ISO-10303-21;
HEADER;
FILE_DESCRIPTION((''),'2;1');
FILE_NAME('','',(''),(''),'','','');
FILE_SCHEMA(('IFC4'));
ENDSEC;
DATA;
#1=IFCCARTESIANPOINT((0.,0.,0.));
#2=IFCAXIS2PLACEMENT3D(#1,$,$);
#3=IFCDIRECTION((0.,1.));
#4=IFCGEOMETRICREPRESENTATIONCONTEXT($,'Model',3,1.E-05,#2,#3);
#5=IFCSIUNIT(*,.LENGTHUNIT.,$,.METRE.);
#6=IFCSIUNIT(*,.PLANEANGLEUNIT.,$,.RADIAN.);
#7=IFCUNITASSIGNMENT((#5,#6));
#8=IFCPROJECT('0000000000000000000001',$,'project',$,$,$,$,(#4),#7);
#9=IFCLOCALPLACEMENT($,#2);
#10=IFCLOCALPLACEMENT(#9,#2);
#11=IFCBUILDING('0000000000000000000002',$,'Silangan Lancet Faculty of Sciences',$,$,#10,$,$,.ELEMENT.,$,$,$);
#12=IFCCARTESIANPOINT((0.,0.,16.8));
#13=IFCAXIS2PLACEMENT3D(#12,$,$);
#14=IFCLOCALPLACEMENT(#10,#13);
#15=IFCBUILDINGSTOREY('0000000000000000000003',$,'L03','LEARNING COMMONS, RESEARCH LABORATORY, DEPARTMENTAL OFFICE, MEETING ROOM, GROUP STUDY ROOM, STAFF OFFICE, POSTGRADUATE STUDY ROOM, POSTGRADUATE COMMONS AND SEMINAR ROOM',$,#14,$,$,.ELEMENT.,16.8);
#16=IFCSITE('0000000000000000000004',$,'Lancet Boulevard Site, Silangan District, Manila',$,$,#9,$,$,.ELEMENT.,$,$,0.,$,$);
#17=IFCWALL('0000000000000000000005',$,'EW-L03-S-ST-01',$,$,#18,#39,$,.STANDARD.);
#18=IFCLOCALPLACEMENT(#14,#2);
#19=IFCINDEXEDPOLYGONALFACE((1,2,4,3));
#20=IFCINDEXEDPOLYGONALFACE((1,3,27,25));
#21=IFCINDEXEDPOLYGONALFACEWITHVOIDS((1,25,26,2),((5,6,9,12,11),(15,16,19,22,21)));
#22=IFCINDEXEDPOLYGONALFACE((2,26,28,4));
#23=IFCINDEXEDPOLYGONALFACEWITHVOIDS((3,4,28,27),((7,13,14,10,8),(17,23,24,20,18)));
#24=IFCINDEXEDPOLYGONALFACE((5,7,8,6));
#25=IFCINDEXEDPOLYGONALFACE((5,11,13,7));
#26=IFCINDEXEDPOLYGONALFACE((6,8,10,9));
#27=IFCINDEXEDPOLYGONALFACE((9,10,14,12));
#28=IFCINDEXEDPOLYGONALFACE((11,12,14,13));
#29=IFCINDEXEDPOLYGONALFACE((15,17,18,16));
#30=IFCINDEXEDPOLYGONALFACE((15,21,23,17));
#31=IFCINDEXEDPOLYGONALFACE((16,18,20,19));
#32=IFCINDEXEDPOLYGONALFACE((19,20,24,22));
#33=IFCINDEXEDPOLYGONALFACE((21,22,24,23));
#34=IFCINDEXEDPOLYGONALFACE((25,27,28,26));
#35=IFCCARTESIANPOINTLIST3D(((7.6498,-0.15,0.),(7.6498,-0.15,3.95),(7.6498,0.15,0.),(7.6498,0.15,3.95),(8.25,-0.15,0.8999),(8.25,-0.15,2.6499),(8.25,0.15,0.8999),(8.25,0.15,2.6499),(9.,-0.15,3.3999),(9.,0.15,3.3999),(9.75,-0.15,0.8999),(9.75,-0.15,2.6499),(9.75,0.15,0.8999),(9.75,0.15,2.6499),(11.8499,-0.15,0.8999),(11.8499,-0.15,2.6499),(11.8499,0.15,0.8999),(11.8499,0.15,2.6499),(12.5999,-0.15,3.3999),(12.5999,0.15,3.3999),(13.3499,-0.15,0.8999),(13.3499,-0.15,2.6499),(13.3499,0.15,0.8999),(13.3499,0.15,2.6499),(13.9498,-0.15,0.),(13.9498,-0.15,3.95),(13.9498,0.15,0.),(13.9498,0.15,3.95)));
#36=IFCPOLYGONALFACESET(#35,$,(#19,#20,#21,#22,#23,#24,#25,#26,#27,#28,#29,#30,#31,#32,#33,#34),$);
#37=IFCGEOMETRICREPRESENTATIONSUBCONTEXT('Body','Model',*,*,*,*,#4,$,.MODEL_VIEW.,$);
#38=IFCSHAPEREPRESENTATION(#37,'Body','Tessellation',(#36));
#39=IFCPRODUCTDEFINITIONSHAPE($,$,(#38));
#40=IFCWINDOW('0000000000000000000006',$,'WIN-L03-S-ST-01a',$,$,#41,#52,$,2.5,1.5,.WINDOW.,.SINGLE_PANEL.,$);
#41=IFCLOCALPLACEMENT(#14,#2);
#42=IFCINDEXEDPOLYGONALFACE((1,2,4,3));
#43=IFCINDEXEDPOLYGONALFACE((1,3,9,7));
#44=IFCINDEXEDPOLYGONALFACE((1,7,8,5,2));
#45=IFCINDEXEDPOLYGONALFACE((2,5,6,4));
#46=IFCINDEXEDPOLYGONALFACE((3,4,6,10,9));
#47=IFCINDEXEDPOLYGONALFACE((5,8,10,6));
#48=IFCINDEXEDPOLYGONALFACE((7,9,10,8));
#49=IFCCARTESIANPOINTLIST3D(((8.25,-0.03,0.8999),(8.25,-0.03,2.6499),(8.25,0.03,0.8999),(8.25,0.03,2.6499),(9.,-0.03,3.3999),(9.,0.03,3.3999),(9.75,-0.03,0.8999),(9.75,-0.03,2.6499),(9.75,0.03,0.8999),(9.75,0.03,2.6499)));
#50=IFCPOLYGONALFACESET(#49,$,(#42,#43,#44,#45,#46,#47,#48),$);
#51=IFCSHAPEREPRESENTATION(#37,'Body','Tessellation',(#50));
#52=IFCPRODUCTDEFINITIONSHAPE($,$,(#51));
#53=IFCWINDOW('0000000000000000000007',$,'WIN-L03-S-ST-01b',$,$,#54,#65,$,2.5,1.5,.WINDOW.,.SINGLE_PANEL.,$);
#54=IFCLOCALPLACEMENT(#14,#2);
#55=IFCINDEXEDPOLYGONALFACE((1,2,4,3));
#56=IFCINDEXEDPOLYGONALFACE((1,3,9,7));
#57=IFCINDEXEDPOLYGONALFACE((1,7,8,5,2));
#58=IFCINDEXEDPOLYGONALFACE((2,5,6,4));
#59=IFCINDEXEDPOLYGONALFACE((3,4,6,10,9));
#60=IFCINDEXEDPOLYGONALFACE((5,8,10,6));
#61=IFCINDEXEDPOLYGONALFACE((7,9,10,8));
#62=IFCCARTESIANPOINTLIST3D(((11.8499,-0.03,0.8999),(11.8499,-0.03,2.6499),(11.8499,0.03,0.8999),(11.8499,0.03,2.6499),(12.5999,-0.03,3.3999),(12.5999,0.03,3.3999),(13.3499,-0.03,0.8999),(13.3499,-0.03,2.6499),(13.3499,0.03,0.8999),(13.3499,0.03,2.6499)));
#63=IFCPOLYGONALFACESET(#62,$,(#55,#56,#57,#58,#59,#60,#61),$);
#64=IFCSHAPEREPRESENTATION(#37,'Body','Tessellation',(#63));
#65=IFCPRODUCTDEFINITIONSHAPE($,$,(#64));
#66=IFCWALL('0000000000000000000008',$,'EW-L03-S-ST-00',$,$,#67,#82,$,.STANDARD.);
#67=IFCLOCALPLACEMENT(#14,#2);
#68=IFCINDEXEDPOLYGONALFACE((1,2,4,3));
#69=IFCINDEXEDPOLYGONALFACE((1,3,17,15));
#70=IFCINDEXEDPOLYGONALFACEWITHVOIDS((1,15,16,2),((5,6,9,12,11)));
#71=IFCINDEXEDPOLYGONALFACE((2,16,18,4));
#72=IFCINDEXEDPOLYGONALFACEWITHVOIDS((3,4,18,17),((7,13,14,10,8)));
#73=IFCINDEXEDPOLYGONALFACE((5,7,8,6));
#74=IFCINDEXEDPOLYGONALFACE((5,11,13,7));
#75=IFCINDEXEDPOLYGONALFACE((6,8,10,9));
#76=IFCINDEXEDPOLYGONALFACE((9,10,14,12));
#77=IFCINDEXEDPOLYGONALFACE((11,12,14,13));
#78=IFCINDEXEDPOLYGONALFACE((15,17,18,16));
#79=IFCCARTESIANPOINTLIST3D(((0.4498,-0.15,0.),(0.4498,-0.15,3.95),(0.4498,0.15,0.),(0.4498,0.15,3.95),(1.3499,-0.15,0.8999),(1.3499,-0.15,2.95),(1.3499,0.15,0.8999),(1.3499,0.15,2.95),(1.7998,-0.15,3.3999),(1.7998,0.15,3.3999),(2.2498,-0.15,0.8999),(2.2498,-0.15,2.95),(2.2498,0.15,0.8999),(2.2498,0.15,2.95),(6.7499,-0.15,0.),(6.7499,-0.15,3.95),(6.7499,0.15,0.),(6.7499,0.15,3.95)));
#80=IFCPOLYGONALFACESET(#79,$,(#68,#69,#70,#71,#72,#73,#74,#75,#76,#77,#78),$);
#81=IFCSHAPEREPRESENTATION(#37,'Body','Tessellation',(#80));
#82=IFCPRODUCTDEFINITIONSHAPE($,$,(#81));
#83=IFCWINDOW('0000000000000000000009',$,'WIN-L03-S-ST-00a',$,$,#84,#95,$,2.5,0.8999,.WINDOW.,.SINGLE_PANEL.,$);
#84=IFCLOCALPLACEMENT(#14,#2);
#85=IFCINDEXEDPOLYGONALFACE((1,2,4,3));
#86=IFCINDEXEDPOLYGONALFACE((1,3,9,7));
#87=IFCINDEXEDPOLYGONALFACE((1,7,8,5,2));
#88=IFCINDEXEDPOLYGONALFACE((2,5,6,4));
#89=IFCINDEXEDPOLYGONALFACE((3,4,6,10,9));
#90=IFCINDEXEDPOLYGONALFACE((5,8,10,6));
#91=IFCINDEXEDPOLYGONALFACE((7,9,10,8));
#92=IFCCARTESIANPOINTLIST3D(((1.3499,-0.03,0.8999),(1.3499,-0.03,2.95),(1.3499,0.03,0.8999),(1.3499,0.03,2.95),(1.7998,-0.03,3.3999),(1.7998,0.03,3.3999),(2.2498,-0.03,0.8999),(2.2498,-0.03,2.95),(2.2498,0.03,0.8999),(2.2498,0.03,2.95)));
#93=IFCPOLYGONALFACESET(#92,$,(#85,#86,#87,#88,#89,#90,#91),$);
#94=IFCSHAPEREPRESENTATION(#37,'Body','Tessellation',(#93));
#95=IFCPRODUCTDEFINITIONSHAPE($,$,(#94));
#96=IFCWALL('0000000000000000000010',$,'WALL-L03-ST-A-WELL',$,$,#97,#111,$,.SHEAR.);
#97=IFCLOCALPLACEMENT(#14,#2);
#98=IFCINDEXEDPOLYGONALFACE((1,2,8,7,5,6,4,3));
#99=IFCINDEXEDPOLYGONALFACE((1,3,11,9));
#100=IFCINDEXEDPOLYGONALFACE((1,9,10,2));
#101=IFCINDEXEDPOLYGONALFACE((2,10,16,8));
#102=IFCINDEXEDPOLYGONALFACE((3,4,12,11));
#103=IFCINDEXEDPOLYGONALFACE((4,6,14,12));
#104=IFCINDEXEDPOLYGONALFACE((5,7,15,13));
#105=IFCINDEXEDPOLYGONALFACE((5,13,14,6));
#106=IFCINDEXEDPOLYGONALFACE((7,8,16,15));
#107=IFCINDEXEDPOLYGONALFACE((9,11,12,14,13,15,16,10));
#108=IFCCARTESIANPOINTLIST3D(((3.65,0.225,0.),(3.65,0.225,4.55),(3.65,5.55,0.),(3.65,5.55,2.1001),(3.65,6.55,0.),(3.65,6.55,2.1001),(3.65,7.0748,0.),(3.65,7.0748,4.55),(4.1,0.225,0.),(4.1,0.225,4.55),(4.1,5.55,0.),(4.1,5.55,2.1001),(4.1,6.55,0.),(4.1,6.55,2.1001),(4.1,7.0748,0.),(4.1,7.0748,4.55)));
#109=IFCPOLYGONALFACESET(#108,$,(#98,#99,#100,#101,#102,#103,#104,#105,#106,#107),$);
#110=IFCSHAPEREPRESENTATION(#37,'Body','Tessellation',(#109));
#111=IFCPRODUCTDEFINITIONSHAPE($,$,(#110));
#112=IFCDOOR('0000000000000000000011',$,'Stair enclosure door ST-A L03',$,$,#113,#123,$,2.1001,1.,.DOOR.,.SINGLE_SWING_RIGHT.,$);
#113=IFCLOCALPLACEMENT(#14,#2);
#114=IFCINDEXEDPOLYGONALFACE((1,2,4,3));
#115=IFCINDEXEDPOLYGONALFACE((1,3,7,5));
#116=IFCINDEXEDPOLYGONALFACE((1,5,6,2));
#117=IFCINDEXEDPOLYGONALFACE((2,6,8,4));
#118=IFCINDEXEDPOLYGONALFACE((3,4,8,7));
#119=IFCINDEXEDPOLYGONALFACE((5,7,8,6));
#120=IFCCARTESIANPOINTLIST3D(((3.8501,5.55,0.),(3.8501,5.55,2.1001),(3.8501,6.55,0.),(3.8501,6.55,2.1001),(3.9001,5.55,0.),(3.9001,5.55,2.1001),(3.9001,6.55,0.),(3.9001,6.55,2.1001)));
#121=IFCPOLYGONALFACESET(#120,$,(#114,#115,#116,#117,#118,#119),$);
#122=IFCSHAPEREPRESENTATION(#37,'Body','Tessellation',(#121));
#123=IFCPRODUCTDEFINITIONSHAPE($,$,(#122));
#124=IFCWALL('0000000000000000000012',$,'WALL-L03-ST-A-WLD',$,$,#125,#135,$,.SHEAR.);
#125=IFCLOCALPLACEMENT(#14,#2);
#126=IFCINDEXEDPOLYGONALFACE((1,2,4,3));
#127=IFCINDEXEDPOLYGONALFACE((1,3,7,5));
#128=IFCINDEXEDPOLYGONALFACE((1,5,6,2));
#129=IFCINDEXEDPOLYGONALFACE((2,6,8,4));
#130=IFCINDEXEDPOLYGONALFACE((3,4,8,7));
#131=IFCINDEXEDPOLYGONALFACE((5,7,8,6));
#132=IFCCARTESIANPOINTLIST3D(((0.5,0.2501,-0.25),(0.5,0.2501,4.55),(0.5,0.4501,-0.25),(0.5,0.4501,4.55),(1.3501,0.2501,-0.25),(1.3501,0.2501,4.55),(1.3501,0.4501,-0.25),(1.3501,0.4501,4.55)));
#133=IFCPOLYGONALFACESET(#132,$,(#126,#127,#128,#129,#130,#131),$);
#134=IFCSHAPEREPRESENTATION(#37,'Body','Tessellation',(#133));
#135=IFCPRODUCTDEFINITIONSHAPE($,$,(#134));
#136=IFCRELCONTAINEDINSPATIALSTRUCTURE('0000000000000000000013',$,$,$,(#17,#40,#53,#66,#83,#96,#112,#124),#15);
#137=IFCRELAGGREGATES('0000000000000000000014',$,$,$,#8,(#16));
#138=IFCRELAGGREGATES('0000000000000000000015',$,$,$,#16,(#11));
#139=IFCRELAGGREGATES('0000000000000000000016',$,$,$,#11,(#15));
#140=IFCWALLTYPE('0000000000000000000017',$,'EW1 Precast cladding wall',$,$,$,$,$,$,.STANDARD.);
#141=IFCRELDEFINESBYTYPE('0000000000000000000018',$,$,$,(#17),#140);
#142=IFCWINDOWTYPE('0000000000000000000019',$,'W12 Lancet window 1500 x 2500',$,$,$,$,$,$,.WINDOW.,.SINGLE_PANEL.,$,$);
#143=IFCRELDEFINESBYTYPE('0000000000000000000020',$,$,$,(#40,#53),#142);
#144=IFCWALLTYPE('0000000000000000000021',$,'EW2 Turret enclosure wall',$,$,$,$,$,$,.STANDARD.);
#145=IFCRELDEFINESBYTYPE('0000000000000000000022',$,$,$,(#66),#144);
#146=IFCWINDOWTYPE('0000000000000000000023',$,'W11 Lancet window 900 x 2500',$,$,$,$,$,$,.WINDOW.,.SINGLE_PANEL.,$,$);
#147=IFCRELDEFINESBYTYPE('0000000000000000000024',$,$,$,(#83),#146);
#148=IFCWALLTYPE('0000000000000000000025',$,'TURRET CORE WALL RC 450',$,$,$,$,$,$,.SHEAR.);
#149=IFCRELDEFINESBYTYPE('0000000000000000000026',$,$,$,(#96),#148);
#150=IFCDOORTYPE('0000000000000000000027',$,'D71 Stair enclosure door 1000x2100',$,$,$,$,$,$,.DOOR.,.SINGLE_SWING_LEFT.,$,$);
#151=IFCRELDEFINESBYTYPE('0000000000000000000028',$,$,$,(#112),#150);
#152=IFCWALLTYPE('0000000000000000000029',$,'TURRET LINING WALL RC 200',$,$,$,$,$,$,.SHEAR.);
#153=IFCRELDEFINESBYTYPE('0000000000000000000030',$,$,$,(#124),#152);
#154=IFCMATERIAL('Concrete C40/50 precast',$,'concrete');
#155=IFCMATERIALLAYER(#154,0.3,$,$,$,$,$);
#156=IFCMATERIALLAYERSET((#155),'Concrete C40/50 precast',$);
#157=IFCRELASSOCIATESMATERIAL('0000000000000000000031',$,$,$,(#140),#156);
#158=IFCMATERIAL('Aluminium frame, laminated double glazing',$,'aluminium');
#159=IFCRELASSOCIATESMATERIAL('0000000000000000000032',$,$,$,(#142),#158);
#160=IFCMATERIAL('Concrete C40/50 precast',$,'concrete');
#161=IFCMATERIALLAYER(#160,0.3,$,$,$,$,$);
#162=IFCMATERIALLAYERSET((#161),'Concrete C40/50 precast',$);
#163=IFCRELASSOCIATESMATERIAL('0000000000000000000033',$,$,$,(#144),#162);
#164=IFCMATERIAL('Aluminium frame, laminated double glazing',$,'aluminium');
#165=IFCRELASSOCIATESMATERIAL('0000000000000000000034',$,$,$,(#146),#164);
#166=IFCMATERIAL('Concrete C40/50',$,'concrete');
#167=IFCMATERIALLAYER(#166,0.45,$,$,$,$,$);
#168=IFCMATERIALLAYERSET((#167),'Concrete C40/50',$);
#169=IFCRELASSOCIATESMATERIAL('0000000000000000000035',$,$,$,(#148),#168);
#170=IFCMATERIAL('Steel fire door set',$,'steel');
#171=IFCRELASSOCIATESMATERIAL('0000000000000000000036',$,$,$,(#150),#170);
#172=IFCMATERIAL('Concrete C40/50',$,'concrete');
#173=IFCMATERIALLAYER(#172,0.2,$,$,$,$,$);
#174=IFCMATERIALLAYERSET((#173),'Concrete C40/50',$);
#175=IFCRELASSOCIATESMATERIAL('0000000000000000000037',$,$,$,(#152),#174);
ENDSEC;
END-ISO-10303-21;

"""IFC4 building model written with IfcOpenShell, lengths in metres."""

from ifc_helpers import new_model, si_unit, direction, frame, frame_2d, origin, place, context, subcontext, project, spatial, polyline, rectangle, outline, extrude, material, layer, layer_set, type_object, element, fill, save


model = new_model("IFC4")

# Units and contexts
model_context = context("Model", 3, precision=1e-05, world=origin(), true_north=direction((0.0, 1.0)))
body_context = subcontext(model_context, "Body", "Model", "MODEL_VIEW")
ifc_project = project(units=[si_unit("LENGTHUNIT", "METRE"), si_unit("PLANEANGLEUNIT", "RADIAN")], contexts=[model_context])

# Site, building, storey
site_placement = place(None, origin())
site = spatial("IfcSite", under=ifc_project, at=site_placement, Name="Lancet Boulevard Site, Silangan District, Manila", CompositionType="ELEMENT", RefElevation=0.0)
building_placement = place(site_placement, origin())
building = spatial("IfcBuilding", under=site, at=building_placement, Name="Silangan Lancet Faculty of Sciences", CompositionType="ELEMENT")
storey_placement = place(building_placement, frame((0.0, 0.0, 16.8)))
storey = spatial("IfcBuildingStorey", under=building, at=storey_placement, Name="L03", Description="LEARNING COMMONS, RESEARCH LABORATORY, DEPARTMENTAL OFFICE, MEETING ROOM, GROUP STUDY ROOM, STAFF OFFICE, POSTGRADUATE STUDY ROOM, POSTGRADUATE COMMONS AND SEMINAR ROOM", CompositionType="ELEMENT", Elevation=16.8)

# Wall, openings, windows
ifc_material_1 = material(Name="Concrete C40/50 precast", Category="concrete")
ifc_layer_1 = layer(ifc_material_1, 0.3)
ifc_layer_set_1 = layer_set([ifc_layer_1], Name="Concrete C40/50 precast")
wall_type_1 = type_object("IfcWallType", Name="EW1 Precast cladding wall", PredefinedType="STANDARD", material=ifc_layer_set_1)
wall_1_placement = place(storey_placement, frame((7.6499, 0.0, 0.0), z_axis=(0.0, 0.0, 1.0), x_axis=(1.0, 0.0, 0.0)))
wall_1 = element("IfcWall", 1, at=wall_1_placement, inside=storey, type_object=wall_type_1, Name="EW-L03-S-ST-01", PredefinedType="STANDARD", context=body_context, shape_type="SweptSolid", body=[
    extrude(rectangle(XDim=6.3, YDim=0.3, at=frame_2d((3.1499, 0.0))), origin(), (0.0, 0.0, 1.0), 3.95),
])
opening_1_placement = place(wall_1_placement, frame((0.6001, 0.0, 0.8999)))
opening_1 = element("IfcOpeningElement", 2, at=opening_1_placement, cuts=wall_1, PredefinedType="OPENING", context=body_context, shape_type="SweptSolid", body=[
    extrude(outline(polyline([(0.0, 0.0), (1.5, 0.0), (1.5, 1.75), (0.75, 2.5), (0.0, 1.75), (0.0, 0.0)])), frame((0.0, 0.1599, 0.0), z_axis=(0.0, -1.0, 0.0), x_axis=(1.0, 0.0, 0.0)), (0.0, 0.0, 1.0), 0.3201),
])
opening_2_placement = place(wall_1_placement, frame((4.2, 0.0, 0.8999)))
opening_2 = element("IfcOpeningElement", 3, at=opening_2_placement, cuts=wall_1, PredefinedType="OPENING", context=body_context, shape_type="SweptSolid", body=[
    extrude(outline(polyline([(0.0, 0.0), (1.5, 0.0), (1.5, 1.75), (0.75, 2.5), (0.0, 1.75), (0.0, 0.0)])), frame((0.0, 0.1599, 0.0), z_axis=(0.0, -1.0, 0.0), x_axis=(1.0, 0.0, 0.0)), (0.0, 0.0, 1.0), 0.3201),
])
ifc_material_2 = material(Name="Aluminium frame, laminated double glazing", Category="aluminium")
window_type_1 = type_object("IfcWindowType", Name="W12 Lancet window 1500 x 2500", PartitioningType="SINGLE_PANEL", PredefinedType="WINDOW", material=ifc_material_2)
window_1_placement = place(opening_1_placement, origin())
window_1 = element("IfcWindow", 4, at=window_1_placement, inside=storey, type_object=window_type_1, Name="WIN-L03-S-ST-01a", OverallHeight=2.5, OverallWidth=1.5, PartitioningType="SINGLE_PANEL", PredefinedType="WINDOW", context=body_context, shape_type="SweptSolid", body=[
    extrude(outline(polyline([(0.0, 0.0), (1.5, 0.0), (1.5, 1.75), (0.75, 2.5), (0.0, 1.75), (0.0, 0.0)])), frame((0.0, 0.03, 0.0), z_axis=(0.0, -1.0, 0.0), x_axis=(1.0, 0.0, 0.0)), (0.0, 0.0, 1.0), 0.0601),
])
fill(opening_1, window_1)
window_2_placement = place(opening_2_placement, origin())
window_2 = element("IfcWindow", 5, at=window_2_placement, inside=storey, type_object=window_type_1, Name="WIN-L03-S-ST-01b", OverallHeight=2.5, OverallWidth=1.5, PartitioningType="SINGLE_PANEL", PredefinedType="WINDOW", context=body_context, shape_type="SweptSolid", body=[
    extrude(outline(polyline([(0.0, 0.0), (1.5, 0.0), (1.5, 1.75), (0.75, 2.5), (0.0, 1.75), (0.0, 0.0)])), frame((0.0, 0.03, 0.0), z_axis=(0.0, -1.0, 0.0), x_axis=(1.0, 0.0, 0.0)), (0.0, 0.0, 1.0), 0.0601),
])
fill(opening_2, window_2)

# Wall, opening, window
ifc_material_3 = material(Name="Concrete C40/50 precast", Category="concrete")
ifc_layer_2 = layer(ifc_material_3, 0.3)
ifc_layer_set_2 = layer_set([ifc_layer_2], Name="Concrete C40/50 precast")
wall_type_2 = type_object("IfcWallType", Name="EW2 Turret enclosure wall", PredefinedType="STANDARD", material=ifc_layer_set_2)
wall_2_placement = place(storey_placement, frame((0.45, 0.0, 0.0), z_axis=(0.0, 0.0, 1.0), x_axis=(1.0, 0.0, 0.0)))
wall_2 = element("IfcWall", 6, at=wall_2_placement, inside=storey, type_object=wall_type_2, Name="EW-L03-S-ST-00", PredefinedType="STANDARD", context=body_context, shape_type="SweptSolid", body=[
    extrude(rectangle(XDim=6.3, YDim=0.3, at=frame_2d((3.1499, 0.0))), origin(), (0.0, 0.0, 1.0), 3.95),
])
opening_3_placement = place(wall_2_placement, frame((0.8999, 0.0, 0.8999)))
opening_3 = element("IfcOpeningElement", 7, at=opening_3_placement, cuts=wall_2, PredefinedType="OPENING", context=body_context, shape_type="SweptSolid", body=[
    extrude(outline(polyline([(0.0, 0.0), (0.8999, 0.0), (0.8999, 2.05), (0.45, 2.5), (0.0, 2.05), (0.0, 0.0)])), frame((0.0, 0.1599, 0.0), z_axis=(0.0, -1.0, 0.0), x_axis=(1.0, 0.0, 0.0)), (0.0, 0.0, 1.0), 0.3201),
])
ifc_material_4 = material(Name="Aluminium frame, laminated double glazing", Category="aluminium")
window_type_2 = type_object("IfcWindowType", Name="W11 Lancet window 900 x 2500", PartitioningType="SINGLE_PANEL", PredefinedType="WINDOW", material=ifc_material_4)
window_3_placement = place(opening_3_placement, origin())
window_3 = element("IfcWindow", 8, at=window_3_placement, inside=storey, type_object=window_type_2, Name="WIN-L03-S-ST-00a", OverallHeight=2.5, OverallWidth=0.8999, PartitioningType="SINGLE_PANEL", PredefinedType="WINDOW", context=body_context, shape_type="SweptSolid", body=[
    extrude(outline(polyline([(0.0, 0.0), (0.8999, 0.0), (0.8999, 2.05), (0.45, 2.5), (0.0, 2.05), (0.0, 0.0)])), frame((0.0, 0.03, 0.0), z_axis=(0.0, -1.0, 0.0), x_axis=(1.0, 0.0, 0.0)), (0.0, 0.0, 1.0), 0.0601),
])
fill(opening_3, window_3)

# Wall, opening, door
ifc_material_5 = material(Name="Concrete C40/50", Category="concrete")
ifc_layer_3 = layer(ifc_material_5, 0.45)
ifc_layer_set_3 = layer_set([ifc_layer_3], Name="Concrete C40/50")
wall_type_3 = type_object("IfcWallType", Name="TURRET CORE WALL RC 450", PredefinedType="SHEAR", material=ifc_layer_set_3)
wall_3_placement = place(storey_placement, frame((3.875, 0.2251, 0.0), z_axis=(0.0, 0.0, 1.0), x_axis=(0.0, 1.0, 0.0)))
wall_3 = element("IfcWall", 9, at=wall_3_placement, inside=storey, type_object=wall_type_3, Name="WALL-L03-ST-A-WELL", PredefinedType="SHEAR", context=body_context, shape_type="SweptSolid", body=[
    extrude(rectangle(XDim=6.8499, YDim=0.45, at=frame_2d((3.4248, 0.0))), origin(), (0.0, 0.0, 1.0), 4.55),
])
opening_4_placement = place(wall_3_placement, frame((5.325, 0.0, 0.0)))
opening_4 = element("IfcOpeningElement", 10, at=opening_4_placement, cuts=wall_3, PredefinedType="OPENING", context=body_context, shape_type="SweptSolid", body=[
    extrude(rectangle(XDim=1.0, YDim=2.1001, at=frame_2d((0.5, 1.05))), frame((0.0, 0.2349, 0.0), z_axis=(0.0, -1.0, 0.0), x_axis=(1.0, 0.0, 0.0)), (0.0, 0.0, 1.0), 0.47),
])
ifc_material_6 = material(Name="Steel fire door set", Category="steel")
door_type = type_object("IfcDoorType", Name="D71 Stair enclosure door 1000x2100", OperationType="SINGLE_SWING_LEFT", PredefinedType="DOOR", material=ifc_material_6)
door_placement = place(opening_4_placement, origin())
door = element("IfcDoor", 11, at=door_placement, inside=storey, type_object=door_type, Name="Stair enclosure door ST-A L03", OperationType="SINGLE_SWING_RIGHT", OverallHeight=2.1001, OverallWidth=1.0, PredefinedType="DOOR", context=body_context, shape_type="SweptSolid", body=[
    extrude(rectangle(XDim=1.0, YDim=2.1001, at=frame_2d((0.5, 1.05))), frame((0.0, 0.0249, 0.0), z_axis=(0.0, -1.0, 0.0), x_axis=(1.0, 0.0, 0.0)), (0.0, 0.0, 1.0), 0.05),
])
fill(opening_4, door)

# Wall
ifc_material_7 = material(Name="Concrete C40/50", Category="concrete")
ifc_layer_4 = layer(ifc_material_7, 0.2)
ifc_layer_set_4 = layer_set([ifc_layer_4], Name="Concrete C40/50")
wall_type_4 = type_object("IfcWallType", Name="TURRET LINING WALL RC 200", PredefinedType="SHEAR", material=ifc_layer_set_4)
wall_4_placement = place(storey_placement, frame((0.5, 0.3501, -0.25), z_axis=(0.0, 0.0, 1.0), x_axis=(1.0, 0.0, 0.0)))
element("IfcWall", 12, at=wall_4_placement, inside=storey, type_object=wall_type_4, Name="WALL-L03-ST-A-WLD", PredefinedType="SHEAR", context=body_context, shape_type="SweptSolid", body=[
    extrude(rectangle(XDim=0.8501, YDim=0.2, at=frame_2d((0.425, 0.0))), origin(), (0.0, 0.0, 1.0), 4.8),
])

save(model, "model.ifc")
